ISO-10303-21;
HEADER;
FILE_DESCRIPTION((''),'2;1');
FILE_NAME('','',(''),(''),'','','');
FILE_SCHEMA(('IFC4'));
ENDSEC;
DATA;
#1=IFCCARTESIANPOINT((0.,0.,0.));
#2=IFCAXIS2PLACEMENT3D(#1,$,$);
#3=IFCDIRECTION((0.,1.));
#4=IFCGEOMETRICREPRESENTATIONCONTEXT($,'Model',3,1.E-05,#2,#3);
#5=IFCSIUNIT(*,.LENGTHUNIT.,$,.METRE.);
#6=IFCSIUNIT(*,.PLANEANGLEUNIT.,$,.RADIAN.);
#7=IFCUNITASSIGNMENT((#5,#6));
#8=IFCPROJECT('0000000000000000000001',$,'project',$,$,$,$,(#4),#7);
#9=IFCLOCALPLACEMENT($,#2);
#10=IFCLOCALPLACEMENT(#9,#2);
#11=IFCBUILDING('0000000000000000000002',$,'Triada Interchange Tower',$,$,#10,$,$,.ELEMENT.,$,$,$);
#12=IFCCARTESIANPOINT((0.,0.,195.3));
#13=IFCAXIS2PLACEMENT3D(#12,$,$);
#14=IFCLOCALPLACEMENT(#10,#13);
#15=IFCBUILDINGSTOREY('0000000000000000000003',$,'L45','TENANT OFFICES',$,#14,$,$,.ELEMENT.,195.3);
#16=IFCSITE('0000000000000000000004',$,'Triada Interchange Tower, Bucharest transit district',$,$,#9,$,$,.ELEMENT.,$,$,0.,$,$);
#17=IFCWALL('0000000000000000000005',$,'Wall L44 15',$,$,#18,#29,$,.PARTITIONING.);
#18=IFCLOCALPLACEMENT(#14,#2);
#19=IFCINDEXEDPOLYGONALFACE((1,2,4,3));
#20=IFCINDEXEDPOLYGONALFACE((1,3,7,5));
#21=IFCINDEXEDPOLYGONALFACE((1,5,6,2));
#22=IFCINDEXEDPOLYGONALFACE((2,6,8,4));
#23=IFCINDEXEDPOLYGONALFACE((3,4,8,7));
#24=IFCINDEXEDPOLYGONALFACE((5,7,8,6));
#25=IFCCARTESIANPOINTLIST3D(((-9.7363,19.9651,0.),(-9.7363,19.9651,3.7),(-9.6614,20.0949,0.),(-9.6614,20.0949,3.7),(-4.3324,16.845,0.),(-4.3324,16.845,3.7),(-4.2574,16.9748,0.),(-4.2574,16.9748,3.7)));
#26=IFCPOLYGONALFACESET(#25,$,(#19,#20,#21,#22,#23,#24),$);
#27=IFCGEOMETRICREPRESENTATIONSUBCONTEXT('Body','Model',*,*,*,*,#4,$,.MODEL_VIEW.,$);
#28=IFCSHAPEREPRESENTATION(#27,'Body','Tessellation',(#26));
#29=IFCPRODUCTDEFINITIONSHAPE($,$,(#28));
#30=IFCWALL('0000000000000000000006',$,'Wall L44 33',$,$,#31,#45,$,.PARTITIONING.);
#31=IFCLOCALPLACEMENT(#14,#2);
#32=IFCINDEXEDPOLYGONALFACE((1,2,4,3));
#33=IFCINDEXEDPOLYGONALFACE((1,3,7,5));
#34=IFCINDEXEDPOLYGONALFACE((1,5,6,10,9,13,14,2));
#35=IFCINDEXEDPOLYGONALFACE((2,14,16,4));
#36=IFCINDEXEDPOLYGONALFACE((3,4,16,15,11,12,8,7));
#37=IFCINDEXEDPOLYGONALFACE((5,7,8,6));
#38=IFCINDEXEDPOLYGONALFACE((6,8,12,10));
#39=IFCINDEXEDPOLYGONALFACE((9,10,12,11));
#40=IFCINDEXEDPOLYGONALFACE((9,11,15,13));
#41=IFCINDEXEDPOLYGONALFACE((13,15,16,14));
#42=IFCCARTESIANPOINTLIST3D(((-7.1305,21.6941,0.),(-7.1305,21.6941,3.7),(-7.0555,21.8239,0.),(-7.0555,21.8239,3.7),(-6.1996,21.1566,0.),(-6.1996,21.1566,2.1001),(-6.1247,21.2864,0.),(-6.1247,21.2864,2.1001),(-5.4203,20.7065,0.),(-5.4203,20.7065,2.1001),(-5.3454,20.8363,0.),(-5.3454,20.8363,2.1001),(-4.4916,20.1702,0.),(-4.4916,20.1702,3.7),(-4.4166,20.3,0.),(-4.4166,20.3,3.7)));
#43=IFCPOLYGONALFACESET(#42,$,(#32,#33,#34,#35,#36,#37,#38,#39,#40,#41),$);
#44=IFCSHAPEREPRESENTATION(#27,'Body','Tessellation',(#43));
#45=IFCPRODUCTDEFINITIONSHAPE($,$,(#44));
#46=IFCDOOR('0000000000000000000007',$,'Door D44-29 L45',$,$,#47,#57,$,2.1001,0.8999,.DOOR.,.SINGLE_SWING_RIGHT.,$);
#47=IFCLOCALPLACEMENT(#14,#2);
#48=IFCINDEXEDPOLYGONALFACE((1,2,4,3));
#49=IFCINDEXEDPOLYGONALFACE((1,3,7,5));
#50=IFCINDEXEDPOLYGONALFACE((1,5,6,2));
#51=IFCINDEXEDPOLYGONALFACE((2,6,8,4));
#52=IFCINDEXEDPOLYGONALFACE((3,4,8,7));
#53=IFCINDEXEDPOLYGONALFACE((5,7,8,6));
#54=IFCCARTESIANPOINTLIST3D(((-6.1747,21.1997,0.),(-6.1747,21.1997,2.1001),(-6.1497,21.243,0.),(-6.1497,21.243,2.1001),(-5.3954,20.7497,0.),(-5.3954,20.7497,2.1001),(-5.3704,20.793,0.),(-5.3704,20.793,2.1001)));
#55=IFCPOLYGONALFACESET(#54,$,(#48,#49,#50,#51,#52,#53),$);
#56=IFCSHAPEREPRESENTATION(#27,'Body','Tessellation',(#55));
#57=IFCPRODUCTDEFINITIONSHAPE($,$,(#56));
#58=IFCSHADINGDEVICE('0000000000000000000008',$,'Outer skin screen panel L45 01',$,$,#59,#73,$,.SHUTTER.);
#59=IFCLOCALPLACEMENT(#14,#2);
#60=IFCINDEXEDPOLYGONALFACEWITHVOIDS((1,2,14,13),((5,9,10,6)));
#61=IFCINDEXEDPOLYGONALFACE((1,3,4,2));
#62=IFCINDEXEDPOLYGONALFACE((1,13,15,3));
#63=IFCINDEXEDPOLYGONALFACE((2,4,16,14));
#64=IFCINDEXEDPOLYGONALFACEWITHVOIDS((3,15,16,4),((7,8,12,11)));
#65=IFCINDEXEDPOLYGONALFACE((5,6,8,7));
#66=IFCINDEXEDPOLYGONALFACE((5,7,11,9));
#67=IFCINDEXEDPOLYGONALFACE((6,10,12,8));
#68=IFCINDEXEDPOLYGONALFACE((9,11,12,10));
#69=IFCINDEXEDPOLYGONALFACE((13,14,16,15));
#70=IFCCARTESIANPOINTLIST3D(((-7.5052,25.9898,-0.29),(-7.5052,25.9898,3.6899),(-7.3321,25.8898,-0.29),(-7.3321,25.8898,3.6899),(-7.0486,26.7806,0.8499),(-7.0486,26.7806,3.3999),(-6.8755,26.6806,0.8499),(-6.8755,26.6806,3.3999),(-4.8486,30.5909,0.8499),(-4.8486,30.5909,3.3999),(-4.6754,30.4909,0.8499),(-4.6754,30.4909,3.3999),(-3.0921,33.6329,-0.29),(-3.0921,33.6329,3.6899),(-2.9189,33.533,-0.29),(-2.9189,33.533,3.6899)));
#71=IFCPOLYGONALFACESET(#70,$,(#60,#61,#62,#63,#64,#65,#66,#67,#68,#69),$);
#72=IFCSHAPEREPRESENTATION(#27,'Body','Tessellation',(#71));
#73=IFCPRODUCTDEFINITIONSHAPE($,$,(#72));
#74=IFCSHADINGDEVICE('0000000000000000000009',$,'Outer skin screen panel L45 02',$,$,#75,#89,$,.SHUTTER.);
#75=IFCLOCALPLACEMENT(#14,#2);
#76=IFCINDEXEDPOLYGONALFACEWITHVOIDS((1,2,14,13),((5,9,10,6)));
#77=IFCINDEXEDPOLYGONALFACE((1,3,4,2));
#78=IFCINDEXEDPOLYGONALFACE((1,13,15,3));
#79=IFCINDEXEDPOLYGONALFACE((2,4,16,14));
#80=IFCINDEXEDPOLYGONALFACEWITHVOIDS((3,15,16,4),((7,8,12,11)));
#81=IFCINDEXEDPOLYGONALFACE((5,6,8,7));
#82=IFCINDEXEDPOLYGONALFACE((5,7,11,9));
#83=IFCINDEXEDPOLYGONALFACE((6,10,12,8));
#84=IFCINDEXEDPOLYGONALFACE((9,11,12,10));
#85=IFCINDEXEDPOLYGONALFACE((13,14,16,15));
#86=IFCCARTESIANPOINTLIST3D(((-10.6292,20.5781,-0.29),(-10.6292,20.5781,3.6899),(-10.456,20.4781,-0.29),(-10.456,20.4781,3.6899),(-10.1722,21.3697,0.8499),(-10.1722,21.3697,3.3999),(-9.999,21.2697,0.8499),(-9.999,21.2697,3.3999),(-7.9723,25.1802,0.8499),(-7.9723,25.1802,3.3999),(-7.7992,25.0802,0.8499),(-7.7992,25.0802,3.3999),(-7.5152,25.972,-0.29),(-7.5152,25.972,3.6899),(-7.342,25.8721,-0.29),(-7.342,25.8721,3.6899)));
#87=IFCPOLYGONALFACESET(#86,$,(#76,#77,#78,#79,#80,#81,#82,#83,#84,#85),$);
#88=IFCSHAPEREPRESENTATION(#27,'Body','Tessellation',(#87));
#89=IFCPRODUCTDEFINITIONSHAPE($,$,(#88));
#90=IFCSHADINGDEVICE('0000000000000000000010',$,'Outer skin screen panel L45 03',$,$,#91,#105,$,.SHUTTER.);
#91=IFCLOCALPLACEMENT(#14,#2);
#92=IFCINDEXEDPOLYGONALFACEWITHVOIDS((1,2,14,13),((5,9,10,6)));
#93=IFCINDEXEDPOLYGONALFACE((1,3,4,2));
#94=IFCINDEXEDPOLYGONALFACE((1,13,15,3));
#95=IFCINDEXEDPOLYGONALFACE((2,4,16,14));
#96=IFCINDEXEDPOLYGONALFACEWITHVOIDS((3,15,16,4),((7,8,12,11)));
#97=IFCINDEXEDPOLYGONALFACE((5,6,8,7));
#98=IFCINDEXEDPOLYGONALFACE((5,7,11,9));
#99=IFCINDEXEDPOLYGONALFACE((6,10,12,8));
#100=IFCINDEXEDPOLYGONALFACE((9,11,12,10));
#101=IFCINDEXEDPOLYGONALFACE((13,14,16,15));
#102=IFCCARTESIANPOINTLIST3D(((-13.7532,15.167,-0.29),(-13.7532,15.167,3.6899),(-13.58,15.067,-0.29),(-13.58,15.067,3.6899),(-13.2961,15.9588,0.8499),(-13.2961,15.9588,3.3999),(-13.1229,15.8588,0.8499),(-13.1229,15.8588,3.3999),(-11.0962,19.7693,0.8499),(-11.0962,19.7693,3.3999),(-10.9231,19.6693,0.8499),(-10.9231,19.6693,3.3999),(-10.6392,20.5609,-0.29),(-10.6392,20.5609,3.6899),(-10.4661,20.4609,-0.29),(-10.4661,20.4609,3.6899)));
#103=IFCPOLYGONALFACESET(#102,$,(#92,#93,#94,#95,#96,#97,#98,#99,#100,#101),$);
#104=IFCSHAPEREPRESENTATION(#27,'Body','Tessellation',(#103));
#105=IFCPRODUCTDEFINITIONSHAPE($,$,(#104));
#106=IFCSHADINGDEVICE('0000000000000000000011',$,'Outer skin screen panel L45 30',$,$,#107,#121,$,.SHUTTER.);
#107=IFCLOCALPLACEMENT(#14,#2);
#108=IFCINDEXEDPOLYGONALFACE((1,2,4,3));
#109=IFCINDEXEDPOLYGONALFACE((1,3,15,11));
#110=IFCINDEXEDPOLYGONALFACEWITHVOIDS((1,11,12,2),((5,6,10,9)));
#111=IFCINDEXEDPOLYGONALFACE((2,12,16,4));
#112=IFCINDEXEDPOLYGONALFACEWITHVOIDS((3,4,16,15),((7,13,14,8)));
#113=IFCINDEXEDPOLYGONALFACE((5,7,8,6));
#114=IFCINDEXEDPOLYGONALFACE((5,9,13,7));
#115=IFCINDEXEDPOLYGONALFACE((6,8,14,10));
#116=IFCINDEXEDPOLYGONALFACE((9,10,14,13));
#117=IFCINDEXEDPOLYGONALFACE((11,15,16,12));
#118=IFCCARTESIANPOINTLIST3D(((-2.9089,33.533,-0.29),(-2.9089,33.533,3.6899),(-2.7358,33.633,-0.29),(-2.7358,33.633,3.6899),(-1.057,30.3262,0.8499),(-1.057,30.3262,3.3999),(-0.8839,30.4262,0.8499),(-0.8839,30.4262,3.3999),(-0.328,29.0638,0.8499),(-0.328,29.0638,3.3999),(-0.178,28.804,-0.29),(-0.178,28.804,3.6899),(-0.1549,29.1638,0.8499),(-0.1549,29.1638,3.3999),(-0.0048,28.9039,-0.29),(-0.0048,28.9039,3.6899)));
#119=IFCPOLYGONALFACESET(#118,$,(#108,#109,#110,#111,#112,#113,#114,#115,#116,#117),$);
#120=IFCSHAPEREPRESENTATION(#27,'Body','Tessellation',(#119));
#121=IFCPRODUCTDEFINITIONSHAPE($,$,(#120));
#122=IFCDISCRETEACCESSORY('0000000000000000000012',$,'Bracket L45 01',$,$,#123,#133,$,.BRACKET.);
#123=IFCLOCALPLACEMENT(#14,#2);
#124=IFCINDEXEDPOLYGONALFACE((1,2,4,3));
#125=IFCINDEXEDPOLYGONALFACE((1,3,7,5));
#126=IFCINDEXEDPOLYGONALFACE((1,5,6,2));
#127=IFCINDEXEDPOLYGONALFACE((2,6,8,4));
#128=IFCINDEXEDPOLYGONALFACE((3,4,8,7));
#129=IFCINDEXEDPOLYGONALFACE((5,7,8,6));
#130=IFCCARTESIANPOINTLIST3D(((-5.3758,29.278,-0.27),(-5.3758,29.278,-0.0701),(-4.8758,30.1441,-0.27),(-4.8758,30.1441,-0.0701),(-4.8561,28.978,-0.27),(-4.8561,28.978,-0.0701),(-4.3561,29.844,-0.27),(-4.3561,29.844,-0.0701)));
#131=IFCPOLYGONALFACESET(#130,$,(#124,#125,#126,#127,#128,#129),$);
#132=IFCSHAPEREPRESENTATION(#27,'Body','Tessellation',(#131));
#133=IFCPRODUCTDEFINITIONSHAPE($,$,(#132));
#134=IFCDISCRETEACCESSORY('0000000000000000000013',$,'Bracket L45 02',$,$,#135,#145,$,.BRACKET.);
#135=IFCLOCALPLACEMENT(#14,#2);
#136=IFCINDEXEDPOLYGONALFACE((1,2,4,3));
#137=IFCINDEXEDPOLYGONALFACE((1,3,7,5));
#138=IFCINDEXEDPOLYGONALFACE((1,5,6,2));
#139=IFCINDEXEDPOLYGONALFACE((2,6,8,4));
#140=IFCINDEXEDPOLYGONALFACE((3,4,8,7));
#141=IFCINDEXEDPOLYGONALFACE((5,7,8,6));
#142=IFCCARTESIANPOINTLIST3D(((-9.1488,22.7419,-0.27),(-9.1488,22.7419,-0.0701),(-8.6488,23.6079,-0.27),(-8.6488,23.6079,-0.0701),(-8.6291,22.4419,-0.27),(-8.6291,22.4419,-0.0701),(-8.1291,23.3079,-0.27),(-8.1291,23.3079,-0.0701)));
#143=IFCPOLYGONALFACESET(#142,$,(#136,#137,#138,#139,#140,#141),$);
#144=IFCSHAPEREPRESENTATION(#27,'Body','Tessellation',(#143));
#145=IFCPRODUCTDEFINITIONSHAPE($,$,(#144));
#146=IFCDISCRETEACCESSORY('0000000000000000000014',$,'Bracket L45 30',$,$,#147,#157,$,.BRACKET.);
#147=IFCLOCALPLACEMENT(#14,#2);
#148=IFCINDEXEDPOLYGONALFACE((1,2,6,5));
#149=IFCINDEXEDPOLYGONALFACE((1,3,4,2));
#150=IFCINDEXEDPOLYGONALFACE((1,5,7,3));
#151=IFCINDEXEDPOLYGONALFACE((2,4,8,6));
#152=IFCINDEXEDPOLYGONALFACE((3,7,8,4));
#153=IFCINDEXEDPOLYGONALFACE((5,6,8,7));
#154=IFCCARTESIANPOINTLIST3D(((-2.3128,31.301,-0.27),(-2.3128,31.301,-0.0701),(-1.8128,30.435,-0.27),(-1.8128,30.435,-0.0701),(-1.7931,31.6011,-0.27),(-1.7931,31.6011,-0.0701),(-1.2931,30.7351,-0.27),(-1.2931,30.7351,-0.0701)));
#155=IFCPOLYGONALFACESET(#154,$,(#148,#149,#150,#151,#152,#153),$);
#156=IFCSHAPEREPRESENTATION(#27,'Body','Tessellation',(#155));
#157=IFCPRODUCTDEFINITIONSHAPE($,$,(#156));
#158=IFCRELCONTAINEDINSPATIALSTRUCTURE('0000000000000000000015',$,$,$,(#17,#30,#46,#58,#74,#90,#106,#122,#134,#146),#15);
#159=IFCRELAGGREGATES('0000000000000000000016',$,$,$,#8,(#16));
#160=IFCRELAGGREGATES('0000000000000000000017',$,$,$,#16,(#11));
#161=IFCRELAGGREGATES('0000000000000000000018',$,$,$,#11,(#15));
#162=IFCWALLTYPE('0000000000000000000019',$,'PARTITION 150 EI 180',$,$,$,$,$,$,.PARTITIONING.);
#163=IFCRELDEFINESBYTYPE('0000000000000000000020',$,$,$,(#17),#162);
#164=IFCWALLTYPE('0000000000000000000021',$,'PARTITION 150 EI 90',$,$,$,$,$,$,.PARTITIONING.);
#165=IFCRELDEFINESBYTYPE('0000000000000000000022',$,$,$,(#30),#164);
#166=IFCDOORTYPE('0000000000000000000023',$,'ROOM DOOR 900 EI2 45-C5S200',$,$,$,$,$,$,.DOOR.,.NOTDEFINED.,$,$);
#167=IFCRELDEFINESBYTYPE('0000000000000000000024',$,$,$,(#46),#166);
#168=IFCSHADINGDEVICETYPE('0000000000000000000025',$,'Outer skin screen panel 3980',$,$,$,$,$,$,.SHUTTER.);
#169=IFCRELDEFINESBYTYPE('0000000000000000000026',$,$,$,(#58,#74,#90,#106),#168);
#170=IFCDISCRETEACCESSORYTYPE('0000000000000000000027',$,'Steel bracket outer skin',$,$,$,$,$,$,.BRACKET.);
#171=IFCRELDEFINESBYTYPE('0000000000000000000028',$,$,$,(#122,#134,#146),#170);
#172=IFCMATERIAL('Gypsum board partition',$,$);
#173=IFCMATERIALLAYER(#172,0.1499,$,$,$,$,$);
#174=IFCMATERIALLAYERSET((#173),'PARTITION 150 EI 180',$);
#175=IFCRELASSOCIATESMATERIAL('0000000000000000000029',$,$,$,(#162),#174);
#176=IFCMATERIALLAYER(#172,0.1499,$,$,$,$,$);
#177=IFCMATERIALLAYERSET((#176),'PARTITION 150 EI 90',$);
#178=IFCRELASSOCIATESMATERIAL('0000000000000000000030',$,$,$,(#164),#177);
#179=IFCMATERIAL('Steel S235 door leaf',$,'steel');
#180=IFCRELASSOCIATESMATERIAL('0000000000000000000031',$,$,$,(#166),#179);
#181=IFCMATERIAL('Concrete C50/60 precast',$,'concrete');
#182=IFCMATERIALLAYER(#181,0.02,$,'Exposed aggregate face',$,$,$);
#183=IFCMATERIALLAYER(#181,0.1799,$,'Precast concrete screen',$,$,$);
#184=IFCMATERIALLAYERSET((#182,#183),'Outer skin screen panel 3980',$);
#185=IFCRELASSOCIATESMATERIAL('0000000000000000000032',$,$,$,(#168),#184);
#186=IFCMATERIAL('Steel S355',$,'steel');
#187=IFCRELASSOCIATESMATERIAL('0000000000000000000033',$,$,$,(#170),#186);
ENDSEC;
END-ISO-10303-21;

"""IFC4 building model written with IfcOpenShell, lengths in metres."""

from ifc_helpers import new_model, si_unit, direction, frame, frame_2d, origin, origin_2d, place, context, subcontext, project, spatial, polyline, rectangle, outline, extrude, material, layer, layer_set, type_object, element, fill, save


model = new_model("IFC4")

# Units and contexts
model_context = context("Model", 3, precision=1e-05, world=origin(), true_north=direction((0.0, 1.0)))
body_context = subcontext(model_context, "Body", "Model", "MODEL_VIEW")
ifc_project = project(units=[si_unit("LENGTHUNIT", "METRE"), si_unit("PLANEANGLEUNIT", "RADIAN")], contexts=[model_context])

# Site, building, storey
site_placement = place(None, origin())
site = spatial("IfcSite", under=ifc_project, at=site_placement, Name="Triada Interchange Tower, Bucharest transit district", CompositionType="ELEMENT", RefElevation=0.0)
building_placement = place(site_placement, origin())
building = spatial("IfcBuilding", under=site, at=building_placement, Name="Triada Interchange Tower", CompositionType="ELEMENT")
storey_placement = place(building_placement, frame((0.0, 0.0, 195.3)))
storey = spatial("IfcBuildingStorey", under=building, at=storey_placement, Name="L45", Description="TENANT OFFICES", CompositionType="ELEMENT", Elevation=195.3)

# Wall
ifc_material_1 = material(Name="Gypsum board partition")
ifc_layer_1 = layer(ifc_material_1, 0.1499)
ifc_layer_set_1 = layer_set([ifc_layer_1], Name="PARTITION 150 EI 180")
wall_type_1 = type_object("IfcWallType", Name="PARTITION 150 EI 180", PredefinedType="PARTITIONING", material=ifc_layer_set_1)
wall_1_placement = place(storey_placement, frame((-9.699, 20.03, 0.0), z_axis=(0.0, 0.0, 1.0), x_axis=(0.866019, -0.50001, 0.0)))
element("IfcWall", 1, at=wall_1_placement, inside=storey, type_object=wall_type_1, Name="Wall L44 15", PredefinedType="PARTITIONING", context=body_context, shape_type="SweptSolid", body=[
    extrude(rectangle(XDim=6.24, YDim=0.1499, at=frame_2d((3.1201, 0.0))), origin(), (0.0, 0.0, 1.0), 3.7),
])

# Wall, opening, door
ifc_layer_2 = layer(ifc_material_1, 0.1499)
ifc_layer_set_2 = layer_set([ifc_layer_2], Name="PARTITION 150 EI 90")
wall_type_2 = type_object("IfcWallType", Name="PARTITION 150 EI 90", PredefinedType="PARTITIONING", material=ifc_layer_set_2)
wall_2_placement = place(storey_placement, frame((-7.093, 21.759, 0.0), z_axis=(0.0, 0.0, 1.0), x_axis=(0.865976, -0.500085, 0.0)))
wall_2 = element("IfcWall", 2, at=wall_2_placement, inside=storey, type_object=wall_type_2, Name="Wall L44 33", PredefinedType="PARTITIONING", context=body_context, shape_type="SweptSolid", body=[
    extrude(rectangle(XDim=3.0474, YDim=0.1499, at=frame_2d((1.5237, 0.0))), origin(), (0.0, 0.0, 1.0), 3.7),
])
opening_1_placement = place(wall_2_placement, frame((1.075, 0.0, 0.0)))
opening_1 = element("IfcOpeningElement", 3, at=opening_1_placement, cuts=wall_2, PredefinedType="OPENING", context=body_context, shape_type="SweptSolid", body=[
    extrude(rectangle(XDim=0.8999, YDim=2.1001, at=frame_2d((0.45, 1.05))), frame((0.0, 0.085, 0.0), z_axis=(0.0, -1.0, 0.0), x_axis=(1.0, 0.0, 0.0)), (0.0, 0.0, 1.0), 0.1699),
])
ifc_material_2 = material(Name="Steel S235 door leaf", Category="steel")
door_type = type_object("IfcDoorType", Name="ROOM DOOR 900 EI2 45-C5S200", OperationType="NOTDEFINED", PredefinedType="DOOR", material=ifc_material_2)
door_placement = place(opening_1_placement, origin())
door = element("IfcDoor", 4, at=door_placement, inside=storey, type_object=door_type, Name="Door D44-29 L45", OperationType="SINGLE_SWING_RIGHT", OverallHeight=2.1001, OverallWidth=0.8999, PredefinedType="DOOR", context=body_context, shape_type="SweptSolid", body=[
    extrude(rectangle(XDim=0.8999, YDim=2.1001, at=frame_2d((0.45, 1.05))), frame((0.0, 0.0249, 0.0), z_axis=(0.0, -1.0, 0.0), x_axis=(1.0, 0.0, 0.0)), (0.0, 0.0, 1.0), 0.05),
])
fill(opening_1, door)

# Shading devices
ifc_material_3 = material(Name="Concrete C50/60 precast", Category="concrete")
ifc_layer_3 = layer(ifc_material_3, 0.02, Name="Exposed aggregate face")
ifc_layer_4 = layer(ifc_material_3, 0.1799, Name="Precast concrete screen")
ifc_layer_set_3 = layer_set([ifc_layer_3, ifc_layer_4], Name="Outer skin screen panel 3980")
shading_device_type = type_object("IfcShadingDeviceType", Name="Outer skin screen panel 3980", PredefinedType="SHUTTER", material=ifc_layer_set_3)
shading_device_1_placement = place(storey_placement, frame((-2.9189, 33.533, -0.29), z_axis=(0.0, 0.0, 1.0), x_axis=(-0.500031, -0.866008, 0.0)))
element("IfcShadingDevice", 5, at=shading_device_1_placement, inside=storey, type_object=shading_device_type, Name="Outer skin screen panel L45 01", PredefinedType="SHUTTER", context=body_context, shape_type="SweptSolid", body=[
    extrude(outline(polyline([(0.0, 0.0), (8.8257, 0.0), (8.8257, 3.98), (0.0, 3.98), (0.0, 0.0)]), holes=[polyline([(3.5127, 1.1399), (3.5127, 3.6899), (7.9126, 3.6899), (7.9126, 1.1399), (3.5127, 1.1399)])]), frame((0.0, 0.0, 0.0), z_axis=(0.0, -1.0, 0.0), x_axis=(1.0, 0.0, 0.0)), (0.0, 0.0, 1.0), 0.2),
])
shading_device_2_placement = place(storey_placement, frame((-7.342, 25.8721, -0.29), z_axis=(0.0, 0.0, 1.0), x_axis=(-0.499971, -0.866042, 0.0)))
element("IfcShadingDevice", 6, at=shading_device_2_placement, inside=storey, type_object=shading_device_type, Name="Outer skin screen panel L45 02", PredefinedType="SHUTTER", context=body_context, shape_type="SweptSolid", body=[
    extrude(outline(polyline([(0.0, 0.0), (6.2283, 0.0), (6.2283, 3.98), (0.0, 3.98), (0.0, 0.0)]), holes=[polyline([(0.9143, 1.1399), (0.9143, 3.6899), (5.3142, 3.6899), (5.3142, 1.1399), (0.9143, 1.1399)])]), frame((0.0, 0.0, 0.0), z_axis=(0.0, -1.0, 0.0), x_axis=(1.0, 0.0, 0.0)), (0.0, 0.0, 1.0), 0.2),
])
shading_device_3_placement = place(storey_placement, frame((-10.4661, 20.4609, -0.29), z_axis=(0.0, 0.0, 1.0), x_axis=(-0.499971, -0.866042, 0.0)))
element("IfcShadingDevice", 7, at=shading_device_3_placement, inside=storey, type_object=shading_device_type, Name="Outer skin screen panel L45 03", PredefinedType="SHUTTER", context=body_context, shape_type="SweptSolid", body=[
    extrude(outline(polyline([(0.0, 0.0), (6.2283, 0.0), (6.2283, 3.98), (0.0, 3.98), (0.0, 0.0)]), holes=[polyline([(0.9141, 1.1399), (0.9141, 3.6899), (5.314, 3.6899), (5.314, 1.1399), (0.9141, 1.1399)])]), frame((0.0, 0.0, 0.0), z_axis=(0.0, -1.0, 0.0), x_axis=(1.0, 0.0, 0.0)), (0.0, 0.0, 1.0), 0.2),
])
shading_device_4_placement = place(storey_placement, frame((-0.178, 28.804, -0.29), z_axis=(0.0, 0.0, 1.0), x_axis=(-0.500091, 0.865973, 0.0)))
element("IfcShadingDevice", 8, at=shading_device_4_placement, inside=storey, type_object=shading_device_type, Name="Outer skin screen panel L45 30", PredefinedType="SHUTTER", context=body_context, shape_type="SweptSolid", body=[
    extrude(outline(polyline([(0.0, 0.0), (5.4609, 0.0), (5.4609, 3.98), (0.0, 3.98), (0.0, 0.0)]), holes=[polyline([(0.3, 1.1399), (0.3, 3.6899), (1.7578, 3.6899), (1.7578, 1.1399), (0.3, 1.1399)])]), frame((0.0, 0.0, 0.0), z_axis=(0.0, -1.0, 0.0), x_axis=(1.0, 0.0, 0.0)), (0.0, 0.0, 1.0), 0.2),
])

# Discrete accessories
ifc_material_4 = material(Name="Steel S355", Category="steel")
discrete_accessory_type = type_object("IfcDiscreteAccessoryType", Name="Steel bracket outer skin", PredefinedType="BRACKET", material=ifc_material_4)
for number, where, z_axis, x_axis, name in (
    (9, (-4.866, 29.561, -0.27), (0.0, 0.0, 1.0), (-0.866023, 0.500003, 0.0), "Bracket L45 01"),
    (10, (-8.6389, 23.0249, -0.27), (0.0, 0.0, 1.0), (-0.866023, 0.500003, 0.0), "Bracket L45 02"),
    (11, (-1.803, 31.0181, -0.27), (0.0, 0.0, 1.0), (0.866017, 0.500015, 0.0), "Bracket L45 30"),
):
    element("IfcDiscreteAccessory", number, at=place(storey_placement, frame(where, z_axis=z_axis, x_axis=x_axis)), inside=storey, type_object=discrete_accessory_type, Name=name, PredefinedType="BRACKET", context=body_context, shape_type="SweptSolid", body=[
        extrude(rectangle(XDim=0.6001, YDim=1.0, at=origin_2d()), origin(), (0.0, 0.0, 1.0), 0.2),
    ])

save(model, "model.ifc")
